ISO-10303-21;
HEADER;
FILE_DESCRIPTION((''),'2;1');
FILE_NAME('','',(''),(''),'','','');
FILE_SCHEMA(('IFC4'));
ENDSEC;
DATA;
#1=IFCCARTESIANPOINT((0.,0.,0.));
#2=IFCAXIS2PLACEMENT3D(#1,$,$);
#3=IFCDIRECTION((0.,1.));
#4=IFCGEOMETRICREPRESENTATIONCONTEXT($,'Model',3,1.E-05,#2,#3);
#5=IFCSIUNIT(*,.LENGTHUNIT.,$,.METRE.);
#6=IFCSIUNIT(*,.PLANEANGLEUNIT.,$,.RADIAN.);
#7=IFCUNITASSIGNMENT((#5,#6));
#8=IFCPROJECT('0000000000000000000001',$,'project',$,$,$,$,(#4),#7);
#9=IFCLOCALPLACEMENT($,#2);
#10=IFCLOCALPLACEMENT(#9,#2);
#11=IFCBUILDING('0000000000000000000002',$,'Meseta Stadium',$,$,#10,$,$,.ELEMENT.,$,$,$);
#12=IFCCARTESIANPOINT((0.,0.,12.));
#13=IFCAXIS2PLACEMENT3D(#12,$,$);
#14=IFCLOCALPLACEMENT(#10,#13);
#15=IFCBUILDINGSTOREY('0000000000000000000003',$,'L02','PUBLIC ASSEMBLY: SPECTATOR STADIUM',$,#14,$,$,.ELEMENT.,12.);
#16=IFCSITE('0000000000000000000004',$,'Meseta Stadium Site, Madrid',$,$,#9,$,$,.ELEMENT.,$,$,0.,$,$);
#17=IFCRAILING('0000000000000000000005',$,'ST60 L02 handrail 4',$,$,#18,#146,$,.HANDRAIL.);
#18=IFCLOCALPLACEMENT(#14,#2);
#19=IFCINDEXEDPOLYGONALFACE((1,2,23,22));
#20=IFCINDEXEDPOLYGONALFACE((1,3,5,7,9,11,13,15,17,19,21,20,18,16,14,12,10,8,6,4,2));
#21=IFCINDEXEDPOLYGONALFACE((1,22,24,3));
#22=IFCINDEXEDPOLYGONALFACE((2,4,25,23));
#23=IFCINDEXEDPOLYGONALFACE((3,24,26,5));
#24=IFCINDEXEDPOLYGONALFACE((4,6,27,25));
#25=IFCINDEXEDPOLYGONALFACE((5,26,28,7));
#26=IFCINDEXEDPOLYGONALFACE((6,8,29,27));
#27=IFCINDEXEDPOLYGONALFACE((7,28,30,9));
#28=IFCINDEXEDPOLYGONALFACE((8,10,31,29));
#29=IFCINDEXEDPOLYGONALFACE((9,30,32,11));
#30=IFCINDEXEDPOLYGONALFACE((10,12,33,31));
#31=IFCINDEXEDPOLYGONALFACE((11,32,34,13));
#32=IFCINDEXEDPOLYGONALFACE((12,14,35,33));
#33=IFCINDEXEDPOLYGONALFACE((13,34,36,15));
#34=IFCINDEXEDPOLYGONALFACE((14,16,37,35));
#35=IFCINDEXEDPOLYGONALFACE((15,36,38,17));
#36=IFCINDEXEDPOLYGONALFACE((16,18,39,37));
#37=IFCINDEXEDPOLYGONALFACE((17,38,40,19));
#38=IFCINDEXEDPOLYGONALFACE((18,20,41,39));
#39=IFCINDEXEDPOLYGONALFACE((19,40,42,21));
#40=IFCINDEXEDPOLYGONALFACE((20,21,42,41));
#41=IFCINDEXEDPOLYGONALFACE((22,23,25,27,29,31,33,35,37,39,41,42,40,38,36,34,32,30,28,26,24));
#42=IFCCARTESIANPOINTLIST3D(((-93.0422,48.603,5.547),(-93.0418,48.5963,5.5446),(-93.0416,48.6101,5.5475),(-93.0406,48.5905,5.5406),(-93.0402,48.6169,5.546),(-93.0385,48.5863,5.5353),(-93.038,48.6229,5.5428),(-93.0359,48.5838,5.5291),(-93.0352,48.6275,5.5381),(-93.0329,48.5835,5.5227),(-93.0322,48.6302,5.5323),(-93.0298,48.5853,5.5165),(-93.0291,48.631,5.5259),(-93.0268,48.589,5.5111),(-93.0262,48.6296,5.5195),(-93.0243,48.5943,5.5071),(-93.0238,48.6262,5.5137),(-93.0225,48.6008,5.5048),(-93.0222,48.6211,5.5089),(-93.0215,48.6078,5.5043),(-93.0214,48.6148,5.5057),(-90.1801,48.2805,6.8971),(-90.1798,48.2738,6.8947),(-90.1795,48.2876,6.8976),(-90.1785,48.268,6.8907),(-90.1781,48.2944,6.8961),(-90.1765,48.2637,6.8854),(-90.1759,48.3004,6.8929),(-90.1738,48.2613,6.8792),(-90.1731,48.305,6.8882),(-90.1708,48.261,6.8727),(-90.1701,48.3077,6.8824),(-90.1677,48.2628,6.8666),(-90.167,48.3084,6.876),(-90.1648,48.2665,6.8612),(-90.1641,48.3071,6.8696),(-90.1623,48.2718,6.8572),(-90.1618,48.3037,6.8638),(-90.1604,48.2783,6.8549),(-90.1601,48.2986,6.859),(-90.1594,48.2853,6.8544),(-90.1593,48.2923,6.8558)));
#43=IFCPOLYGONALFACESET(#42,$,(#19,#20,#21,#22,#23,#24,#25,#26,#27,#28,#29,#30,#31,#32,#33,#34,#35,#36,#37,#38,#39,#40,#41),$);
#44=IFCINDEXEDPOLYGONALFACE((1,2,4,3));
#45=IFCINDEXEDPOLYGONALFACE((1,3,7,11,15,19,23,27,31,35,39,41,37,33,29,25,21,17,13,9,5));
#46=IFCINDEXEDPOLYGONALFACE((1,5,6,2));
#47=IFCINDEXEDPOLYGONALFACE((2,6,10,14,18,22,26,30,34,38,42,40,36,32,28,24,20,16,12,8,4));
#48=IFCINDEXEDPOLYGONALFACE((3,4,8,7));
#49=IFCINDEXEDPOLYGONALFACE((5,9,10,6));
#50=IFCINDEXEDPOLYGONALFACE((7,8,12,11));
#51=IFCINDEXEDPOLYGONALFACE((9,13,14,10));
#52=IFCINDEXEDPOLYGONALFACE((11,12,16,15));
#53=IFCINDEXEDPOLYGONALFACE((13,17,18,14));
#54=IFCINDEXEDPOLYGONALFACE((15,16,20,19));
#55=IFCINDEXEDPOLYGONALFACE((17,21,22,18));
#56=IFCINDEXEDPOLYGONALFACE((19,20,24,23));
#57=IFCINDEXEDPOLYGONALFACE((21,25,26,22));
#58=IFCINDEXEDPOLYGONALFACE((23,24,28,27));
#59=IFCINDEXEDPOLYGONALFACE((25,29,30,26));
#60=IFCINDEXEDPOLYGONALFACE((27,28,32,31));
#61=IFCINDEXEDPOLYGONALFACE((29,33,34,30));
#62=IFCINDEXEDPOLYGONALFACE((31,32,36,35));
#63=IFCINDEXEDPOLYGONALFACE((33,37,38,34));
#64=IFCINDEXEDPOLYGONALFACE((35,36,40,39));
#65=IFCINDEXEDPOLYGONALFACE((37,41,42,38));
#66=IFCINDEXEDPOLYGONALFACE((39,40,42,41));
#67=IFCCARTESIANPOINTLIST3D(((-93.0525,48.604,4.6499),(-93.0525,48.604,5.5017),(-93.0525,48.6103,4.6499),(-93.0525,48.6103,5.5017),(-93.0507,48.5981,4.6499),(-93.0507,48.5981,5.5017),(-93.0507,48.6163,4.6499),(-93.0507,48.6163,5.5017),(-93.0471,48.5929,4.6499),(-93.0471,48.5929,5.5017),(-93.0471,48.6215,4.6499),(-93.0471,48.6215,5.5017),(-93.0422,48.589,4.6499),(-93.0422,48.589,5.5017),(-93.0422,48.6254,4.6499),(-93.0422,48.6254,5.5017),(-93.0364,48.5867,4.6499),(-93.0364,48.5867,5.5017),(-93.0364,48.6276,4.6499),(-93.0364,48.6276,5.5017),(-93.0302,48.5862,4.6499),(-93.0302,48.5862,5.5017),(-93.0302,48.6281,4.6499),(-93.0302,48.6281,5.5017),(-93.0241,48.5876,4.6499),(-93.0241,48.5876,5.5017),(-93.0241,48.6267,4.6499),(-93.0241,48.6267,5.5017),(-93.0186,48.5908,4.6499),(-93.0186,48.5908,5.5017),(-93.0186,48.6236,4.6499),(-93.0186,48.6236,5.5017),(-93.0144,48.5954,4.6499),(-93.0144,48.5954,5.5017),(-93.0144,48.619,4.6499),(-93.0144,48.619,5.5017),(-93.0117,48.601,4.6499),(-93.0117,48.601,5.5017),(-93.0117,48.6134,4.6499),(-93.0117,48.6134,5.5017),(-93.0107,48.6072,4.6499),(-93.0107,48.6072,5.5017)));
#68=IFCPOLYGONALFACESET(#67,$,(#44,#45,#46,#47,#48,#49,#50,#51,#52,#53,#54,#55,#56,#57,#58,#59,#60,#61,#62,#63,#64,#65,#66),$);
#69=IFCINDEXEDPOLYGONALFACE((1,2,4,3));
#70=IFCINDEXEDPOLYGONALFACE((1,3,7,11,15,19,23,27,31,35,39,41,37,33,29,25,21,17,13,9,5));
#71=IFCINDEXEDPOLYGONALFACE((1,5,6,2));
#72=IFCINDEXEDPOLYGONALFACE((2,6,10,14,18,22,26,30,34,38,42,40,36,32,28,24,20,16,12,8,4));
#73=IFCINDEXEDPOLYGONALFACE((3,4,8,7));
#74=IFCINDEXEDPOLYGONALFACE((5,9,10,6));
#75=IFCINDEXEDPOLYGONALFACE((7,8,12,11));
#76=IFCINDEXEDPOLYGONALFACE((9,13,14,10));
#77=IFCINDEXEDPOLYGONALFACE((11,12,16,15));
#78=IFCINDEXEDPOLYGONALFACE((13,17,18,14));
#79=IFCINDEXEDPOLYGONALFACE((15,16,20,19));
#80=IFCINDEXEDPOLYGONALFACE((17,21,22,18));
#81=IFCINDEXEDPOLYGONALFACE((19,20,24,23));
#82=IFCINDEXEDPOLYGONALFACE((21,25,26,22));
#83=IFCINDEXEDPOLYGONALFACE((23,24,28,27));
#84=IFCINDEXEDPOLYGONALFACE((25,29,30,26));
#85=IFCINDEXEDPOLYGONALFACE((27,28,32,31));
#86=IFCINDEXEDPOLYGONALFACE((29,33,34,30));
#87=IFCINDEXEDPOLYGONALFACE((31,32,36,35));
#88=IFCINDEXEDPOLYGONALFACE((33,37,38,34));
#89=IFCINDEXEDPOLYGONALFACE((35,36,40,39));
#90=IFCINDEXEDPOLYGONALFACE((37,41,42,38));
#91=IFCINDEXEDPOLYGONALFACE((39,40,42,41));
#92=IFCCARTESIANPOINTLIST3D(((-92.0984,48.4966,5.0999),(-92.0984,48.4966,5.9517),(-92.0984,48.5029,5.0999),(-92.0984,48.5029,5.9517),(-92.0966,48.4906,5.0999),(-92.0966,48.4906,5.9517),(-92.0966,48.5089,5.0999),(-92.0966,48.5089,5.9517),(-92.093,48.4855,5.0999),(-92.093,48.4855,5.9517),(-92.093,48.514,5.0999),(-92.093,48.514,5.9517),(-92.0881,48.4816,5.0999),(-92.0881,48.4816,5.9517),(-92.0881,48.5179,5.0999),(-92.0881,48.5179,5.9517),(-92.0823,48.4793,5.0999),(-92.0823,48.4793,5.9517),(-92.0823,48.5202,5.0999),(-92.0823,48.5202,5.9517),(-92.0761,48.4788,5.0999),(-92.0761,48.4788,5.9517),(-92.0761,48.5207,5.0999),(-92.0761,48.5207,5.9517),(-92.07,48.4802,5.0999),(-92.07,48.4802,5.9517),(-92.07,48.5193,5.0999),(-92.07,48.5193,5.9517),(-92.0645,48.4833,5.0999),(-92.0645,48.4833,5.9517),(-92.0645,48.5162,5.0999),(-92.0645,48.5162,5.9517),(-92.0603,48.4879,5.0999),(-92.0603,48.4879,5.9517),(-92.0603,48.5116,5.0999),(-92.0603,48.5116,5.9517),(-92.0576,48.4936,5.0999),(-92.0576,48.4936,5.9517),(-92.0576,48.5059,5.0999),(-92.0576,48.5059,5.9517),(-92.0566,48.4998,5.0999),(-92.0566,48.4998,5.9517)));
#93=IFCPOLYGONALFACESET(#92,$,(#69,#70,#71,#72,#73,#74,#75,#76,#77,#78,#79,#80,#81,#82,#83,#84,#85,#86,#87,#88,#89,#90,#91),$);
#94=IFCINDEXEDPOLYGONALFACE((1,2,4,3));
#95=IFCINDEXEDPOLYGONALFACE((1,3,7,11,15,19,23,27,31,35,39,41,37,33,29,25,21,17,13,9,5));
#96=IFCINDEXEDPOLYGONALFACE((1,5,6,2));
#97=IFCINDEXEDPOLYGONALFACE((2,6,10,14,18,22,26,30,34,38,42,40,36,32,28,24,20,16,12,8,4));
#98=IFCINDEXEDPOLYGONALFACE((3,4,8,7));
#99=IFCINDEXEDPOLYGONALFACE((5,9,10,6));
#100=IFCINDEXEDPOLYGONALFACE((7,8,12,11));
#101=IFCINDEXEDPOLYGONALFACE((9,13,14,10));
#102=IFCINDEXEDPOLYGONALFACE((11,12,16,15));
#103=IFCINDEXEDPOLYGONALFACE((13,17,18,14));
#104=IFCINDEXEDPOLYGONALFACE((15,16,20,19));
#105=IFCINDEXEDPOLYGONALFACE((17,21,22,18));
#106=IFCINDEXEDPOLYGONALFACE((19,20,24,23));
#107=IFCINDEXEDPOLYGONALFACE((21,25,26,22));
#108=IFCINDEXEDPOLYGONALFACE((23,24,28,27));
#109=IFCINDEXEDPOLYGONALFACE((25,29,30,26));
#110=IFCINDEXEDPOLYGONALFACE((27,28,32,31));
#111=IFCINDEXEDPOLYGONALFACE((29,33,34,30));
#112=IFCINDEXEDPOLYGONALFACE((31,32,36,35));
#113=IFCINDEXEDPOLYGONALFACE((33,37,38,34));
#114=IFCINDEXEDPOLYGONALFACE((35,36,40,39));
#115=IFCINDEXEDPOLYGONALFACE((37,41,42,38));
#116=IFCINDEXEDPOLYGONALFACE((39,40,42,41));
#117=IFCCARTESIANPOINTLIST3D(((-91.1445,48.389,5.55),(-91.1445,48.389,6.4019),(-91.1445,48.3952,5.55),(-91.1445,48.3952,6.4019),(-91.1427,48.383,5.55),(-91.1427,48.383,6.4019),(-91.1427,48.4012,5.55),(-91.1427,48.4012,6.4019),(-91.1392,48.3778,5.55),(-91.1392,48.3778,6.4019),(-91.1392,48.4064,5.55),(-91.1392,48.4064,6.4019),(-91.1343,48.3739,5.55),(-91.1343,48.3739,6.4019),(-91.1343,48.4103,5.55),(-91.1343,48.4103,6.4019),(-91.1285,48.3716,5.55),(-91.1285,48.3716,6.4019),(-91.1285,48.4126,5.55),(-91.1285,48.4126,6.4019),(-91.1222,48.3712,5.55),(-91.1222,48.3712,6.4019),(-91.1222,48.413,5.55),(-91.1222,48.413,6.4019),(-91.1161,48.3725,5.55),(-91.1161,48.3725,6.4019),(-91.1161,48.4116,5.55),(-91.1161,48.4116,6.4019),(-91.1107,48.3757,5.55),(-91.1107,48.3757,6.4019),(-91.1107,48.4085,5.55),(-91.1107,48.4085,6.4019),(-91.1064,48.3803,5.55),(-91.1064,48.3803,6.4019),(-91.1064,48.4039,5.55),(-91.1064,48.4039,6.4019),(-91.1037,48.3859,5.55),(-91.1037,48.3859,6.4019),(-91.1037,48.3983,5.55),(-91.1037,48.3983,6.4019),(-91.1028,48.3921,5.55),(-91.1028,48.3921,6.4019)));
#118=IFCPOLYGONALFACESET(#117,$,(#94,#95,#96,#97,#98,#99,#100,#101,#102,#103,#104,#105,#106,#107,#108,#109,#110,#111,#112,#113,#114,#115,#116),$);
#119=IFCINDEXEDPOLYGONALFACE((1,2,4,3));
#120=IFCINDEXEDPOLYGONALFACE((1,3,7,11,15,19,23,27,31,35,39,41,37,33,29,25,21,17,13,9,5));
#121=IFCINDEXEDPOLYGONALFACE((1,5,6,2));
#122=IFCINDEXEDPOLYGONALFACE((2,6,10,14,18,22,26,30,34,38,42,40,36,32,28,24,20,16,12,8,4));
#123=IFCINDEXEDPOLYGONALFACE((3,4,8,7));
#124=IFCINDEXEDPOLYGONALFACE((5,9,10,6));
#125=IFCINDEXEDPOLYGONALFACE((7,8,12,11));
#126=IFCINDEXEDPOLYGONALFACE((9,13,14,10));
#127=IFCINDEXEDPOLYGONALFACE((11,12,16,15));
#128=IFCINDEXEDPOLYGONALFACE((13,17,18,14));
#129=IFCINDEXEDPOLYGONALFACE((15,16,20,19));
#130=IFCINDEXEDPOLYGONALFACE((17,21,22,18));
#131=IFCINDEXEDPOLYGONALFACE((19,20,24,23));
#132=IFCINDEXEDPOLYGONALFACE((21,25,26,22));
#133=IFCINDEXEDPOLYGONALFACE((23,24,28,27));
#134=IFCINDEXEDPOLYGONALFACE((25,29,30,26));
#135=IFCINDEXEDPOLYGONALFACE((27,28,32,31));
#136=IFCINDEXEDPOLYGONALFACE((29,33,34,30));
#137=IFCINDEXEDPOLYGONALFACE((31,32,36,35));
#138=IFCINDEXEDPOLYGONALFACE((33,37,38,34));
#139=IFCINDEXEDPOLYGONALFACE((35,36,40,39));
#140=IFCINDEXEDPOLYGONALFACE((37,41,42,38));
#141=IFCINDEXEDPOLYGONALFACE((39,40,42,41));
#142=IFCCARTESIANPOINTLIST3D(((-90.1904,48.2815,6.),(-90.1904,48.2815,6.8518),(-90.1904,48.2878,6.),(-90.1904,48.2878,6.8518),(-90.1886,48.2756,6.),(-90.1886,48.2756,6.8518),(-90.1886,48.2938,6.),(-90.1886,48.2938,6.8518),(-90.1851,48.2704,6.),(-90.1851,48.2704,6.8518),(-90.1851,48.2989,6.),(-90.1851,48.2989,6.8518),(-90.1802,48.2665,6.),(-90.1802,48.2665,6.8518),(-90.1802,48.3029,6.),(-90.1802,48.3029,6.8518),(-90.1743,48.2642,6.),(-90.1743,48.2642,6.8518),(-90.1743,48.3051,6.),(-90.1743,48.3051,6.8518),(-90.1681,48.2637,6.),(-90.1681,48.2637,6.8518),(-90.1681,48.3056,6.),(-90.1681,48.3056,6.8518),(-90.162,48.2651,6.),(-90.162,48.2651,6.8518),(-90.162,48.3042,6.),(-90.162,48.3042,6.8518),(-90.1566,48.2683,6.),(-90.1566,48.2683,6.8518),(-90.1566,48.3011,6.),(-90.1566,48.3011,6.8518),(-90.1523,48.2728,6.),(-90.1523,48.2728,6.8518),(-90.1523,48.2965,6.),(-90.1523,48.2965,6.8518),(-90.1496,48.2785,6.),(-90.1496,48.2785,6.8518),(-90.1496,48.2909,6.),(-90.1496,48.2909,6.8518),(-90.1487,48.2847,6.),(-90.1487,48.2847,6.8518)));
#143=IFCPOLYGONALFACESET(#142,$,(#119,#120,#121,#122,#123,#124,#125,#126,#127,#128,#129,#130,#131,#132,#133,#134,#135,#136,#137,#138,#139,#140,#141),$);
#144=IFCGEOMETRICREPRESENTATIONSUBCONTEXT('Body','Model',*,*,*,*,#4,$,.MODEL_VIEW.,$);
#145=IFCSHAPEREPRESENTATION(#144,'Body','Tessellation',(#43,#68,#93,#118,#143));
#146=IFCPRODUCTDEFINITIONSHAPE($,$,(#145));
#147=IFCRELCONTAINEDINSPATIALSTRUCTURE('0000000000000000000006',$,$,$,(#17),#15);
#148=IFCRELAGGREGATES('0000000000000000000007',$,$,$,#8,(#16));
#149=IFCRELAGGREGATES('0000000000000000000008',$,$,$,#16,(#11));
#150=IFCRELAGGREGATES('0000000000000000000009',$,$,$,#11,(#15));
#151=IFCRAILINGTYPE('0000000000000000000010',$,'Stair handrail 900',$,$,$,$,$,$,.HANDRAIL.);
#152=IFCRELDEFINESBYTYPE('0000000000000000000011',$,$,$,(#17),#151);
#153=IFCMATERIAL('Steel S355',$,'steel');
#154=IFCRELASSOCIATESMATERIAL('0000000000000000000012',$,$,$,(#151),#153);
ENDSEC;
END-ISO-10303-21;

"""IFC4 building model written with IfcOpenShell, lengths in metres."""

from ifc_helpers import new_model, si_unit, direction, frame, origin, origin_2d, place, context, subcontext, project, spatial, circle, extrude, material, type_object, element, save


model = new_model("IFC4")

# Units and contexts
model_context = context("Model", 3, precision=1e-05, world=origin(), true_north=direction((0.0, 1.0)))
body_context = subcontext(model_context, "Body", "Model", "MODEL_VIEW")
ifc_project = project(units=[si_unit("LENGTHUNIT", "METRE"), si_unit("PLANEANGLEUNIT", "RADIAN")], contexts=[model_context])

# Site, building, storey
site_placement = place(None, origin())
site = spatial("IfcSite", under=ifc_project, at=site_placement, Name="Meseta Stadium Site, Madrid", CompositionType="ELEMENT", RefElevation=0.0)
building_placement = place(site_placement, origin())
building = spatial("IfcBuilding", under=site, at=building_placement, Name="Meseta Stadium", CompositionType="ELEMENT")
storey_placement = place(building_placement, frame((0.0, 0.0, 12.0)))
storey = spatial("IfcBuildingStorey", under=building, at=storey_placement, Name="L02", Description="PUBLIC ASSEMBLY: SPECTATOR STADIUM", CompositionType="ELEMENT", Elevation=12.0)

# Railing
ifc_material_1 = material(Name="Steel S355", Category="steel")
railing_type_1 = type_object("IfcRailingType", Name="Stair handrail 900", PredefinedType="HANDRAIL", material=ifc_material_1)
for number, where, name in (
    (1, (-93.0317, 48.6072, 4.6499), "ST60 L02 handrail 4"),
):
    element("IfcRailing", number, at=place(storey_placement, frame(where)), inside=storey, type_object=railing_type_1, Name=name, PredefinedType="HANDRAIL", context=body_context, shape_type="SweptSolid", body=[
        extrude(circle(Radius=0.0239, at=origin_2d()), frame((0.0, 0.0, 0.876), z_axis=(0.899763, -0.101389, 0.424438), x_axis=(0.111976, 0.993711, 0.0)), (0.0, 0.0, 1.0), 3.1809),
        extrude(circle(Radius=0.021, at=origin_2d()), origin(), (0.0, 0.0, 1.0), 0.8518),
        extrude(circle(Radius=0.021, at=origin_2d()), frame((0.9541, -0.1074, 0.45)), (0.0, 0.0, 1.0), 0.8518),
        extrude(circle(Radius=0.021, at=origin_2d()), frame((1.908, -0.2151, 0.9001)), (0.0, 0.0, 1.0), 0.8518),
        extrude(circle(Radius=0.021, at=origin_2d()), frame((2.8621, -0.3225, 1.3501)), (0.0, 0.0, 1.0), 0.8518),
    ])

save(model, "model.ifc")
